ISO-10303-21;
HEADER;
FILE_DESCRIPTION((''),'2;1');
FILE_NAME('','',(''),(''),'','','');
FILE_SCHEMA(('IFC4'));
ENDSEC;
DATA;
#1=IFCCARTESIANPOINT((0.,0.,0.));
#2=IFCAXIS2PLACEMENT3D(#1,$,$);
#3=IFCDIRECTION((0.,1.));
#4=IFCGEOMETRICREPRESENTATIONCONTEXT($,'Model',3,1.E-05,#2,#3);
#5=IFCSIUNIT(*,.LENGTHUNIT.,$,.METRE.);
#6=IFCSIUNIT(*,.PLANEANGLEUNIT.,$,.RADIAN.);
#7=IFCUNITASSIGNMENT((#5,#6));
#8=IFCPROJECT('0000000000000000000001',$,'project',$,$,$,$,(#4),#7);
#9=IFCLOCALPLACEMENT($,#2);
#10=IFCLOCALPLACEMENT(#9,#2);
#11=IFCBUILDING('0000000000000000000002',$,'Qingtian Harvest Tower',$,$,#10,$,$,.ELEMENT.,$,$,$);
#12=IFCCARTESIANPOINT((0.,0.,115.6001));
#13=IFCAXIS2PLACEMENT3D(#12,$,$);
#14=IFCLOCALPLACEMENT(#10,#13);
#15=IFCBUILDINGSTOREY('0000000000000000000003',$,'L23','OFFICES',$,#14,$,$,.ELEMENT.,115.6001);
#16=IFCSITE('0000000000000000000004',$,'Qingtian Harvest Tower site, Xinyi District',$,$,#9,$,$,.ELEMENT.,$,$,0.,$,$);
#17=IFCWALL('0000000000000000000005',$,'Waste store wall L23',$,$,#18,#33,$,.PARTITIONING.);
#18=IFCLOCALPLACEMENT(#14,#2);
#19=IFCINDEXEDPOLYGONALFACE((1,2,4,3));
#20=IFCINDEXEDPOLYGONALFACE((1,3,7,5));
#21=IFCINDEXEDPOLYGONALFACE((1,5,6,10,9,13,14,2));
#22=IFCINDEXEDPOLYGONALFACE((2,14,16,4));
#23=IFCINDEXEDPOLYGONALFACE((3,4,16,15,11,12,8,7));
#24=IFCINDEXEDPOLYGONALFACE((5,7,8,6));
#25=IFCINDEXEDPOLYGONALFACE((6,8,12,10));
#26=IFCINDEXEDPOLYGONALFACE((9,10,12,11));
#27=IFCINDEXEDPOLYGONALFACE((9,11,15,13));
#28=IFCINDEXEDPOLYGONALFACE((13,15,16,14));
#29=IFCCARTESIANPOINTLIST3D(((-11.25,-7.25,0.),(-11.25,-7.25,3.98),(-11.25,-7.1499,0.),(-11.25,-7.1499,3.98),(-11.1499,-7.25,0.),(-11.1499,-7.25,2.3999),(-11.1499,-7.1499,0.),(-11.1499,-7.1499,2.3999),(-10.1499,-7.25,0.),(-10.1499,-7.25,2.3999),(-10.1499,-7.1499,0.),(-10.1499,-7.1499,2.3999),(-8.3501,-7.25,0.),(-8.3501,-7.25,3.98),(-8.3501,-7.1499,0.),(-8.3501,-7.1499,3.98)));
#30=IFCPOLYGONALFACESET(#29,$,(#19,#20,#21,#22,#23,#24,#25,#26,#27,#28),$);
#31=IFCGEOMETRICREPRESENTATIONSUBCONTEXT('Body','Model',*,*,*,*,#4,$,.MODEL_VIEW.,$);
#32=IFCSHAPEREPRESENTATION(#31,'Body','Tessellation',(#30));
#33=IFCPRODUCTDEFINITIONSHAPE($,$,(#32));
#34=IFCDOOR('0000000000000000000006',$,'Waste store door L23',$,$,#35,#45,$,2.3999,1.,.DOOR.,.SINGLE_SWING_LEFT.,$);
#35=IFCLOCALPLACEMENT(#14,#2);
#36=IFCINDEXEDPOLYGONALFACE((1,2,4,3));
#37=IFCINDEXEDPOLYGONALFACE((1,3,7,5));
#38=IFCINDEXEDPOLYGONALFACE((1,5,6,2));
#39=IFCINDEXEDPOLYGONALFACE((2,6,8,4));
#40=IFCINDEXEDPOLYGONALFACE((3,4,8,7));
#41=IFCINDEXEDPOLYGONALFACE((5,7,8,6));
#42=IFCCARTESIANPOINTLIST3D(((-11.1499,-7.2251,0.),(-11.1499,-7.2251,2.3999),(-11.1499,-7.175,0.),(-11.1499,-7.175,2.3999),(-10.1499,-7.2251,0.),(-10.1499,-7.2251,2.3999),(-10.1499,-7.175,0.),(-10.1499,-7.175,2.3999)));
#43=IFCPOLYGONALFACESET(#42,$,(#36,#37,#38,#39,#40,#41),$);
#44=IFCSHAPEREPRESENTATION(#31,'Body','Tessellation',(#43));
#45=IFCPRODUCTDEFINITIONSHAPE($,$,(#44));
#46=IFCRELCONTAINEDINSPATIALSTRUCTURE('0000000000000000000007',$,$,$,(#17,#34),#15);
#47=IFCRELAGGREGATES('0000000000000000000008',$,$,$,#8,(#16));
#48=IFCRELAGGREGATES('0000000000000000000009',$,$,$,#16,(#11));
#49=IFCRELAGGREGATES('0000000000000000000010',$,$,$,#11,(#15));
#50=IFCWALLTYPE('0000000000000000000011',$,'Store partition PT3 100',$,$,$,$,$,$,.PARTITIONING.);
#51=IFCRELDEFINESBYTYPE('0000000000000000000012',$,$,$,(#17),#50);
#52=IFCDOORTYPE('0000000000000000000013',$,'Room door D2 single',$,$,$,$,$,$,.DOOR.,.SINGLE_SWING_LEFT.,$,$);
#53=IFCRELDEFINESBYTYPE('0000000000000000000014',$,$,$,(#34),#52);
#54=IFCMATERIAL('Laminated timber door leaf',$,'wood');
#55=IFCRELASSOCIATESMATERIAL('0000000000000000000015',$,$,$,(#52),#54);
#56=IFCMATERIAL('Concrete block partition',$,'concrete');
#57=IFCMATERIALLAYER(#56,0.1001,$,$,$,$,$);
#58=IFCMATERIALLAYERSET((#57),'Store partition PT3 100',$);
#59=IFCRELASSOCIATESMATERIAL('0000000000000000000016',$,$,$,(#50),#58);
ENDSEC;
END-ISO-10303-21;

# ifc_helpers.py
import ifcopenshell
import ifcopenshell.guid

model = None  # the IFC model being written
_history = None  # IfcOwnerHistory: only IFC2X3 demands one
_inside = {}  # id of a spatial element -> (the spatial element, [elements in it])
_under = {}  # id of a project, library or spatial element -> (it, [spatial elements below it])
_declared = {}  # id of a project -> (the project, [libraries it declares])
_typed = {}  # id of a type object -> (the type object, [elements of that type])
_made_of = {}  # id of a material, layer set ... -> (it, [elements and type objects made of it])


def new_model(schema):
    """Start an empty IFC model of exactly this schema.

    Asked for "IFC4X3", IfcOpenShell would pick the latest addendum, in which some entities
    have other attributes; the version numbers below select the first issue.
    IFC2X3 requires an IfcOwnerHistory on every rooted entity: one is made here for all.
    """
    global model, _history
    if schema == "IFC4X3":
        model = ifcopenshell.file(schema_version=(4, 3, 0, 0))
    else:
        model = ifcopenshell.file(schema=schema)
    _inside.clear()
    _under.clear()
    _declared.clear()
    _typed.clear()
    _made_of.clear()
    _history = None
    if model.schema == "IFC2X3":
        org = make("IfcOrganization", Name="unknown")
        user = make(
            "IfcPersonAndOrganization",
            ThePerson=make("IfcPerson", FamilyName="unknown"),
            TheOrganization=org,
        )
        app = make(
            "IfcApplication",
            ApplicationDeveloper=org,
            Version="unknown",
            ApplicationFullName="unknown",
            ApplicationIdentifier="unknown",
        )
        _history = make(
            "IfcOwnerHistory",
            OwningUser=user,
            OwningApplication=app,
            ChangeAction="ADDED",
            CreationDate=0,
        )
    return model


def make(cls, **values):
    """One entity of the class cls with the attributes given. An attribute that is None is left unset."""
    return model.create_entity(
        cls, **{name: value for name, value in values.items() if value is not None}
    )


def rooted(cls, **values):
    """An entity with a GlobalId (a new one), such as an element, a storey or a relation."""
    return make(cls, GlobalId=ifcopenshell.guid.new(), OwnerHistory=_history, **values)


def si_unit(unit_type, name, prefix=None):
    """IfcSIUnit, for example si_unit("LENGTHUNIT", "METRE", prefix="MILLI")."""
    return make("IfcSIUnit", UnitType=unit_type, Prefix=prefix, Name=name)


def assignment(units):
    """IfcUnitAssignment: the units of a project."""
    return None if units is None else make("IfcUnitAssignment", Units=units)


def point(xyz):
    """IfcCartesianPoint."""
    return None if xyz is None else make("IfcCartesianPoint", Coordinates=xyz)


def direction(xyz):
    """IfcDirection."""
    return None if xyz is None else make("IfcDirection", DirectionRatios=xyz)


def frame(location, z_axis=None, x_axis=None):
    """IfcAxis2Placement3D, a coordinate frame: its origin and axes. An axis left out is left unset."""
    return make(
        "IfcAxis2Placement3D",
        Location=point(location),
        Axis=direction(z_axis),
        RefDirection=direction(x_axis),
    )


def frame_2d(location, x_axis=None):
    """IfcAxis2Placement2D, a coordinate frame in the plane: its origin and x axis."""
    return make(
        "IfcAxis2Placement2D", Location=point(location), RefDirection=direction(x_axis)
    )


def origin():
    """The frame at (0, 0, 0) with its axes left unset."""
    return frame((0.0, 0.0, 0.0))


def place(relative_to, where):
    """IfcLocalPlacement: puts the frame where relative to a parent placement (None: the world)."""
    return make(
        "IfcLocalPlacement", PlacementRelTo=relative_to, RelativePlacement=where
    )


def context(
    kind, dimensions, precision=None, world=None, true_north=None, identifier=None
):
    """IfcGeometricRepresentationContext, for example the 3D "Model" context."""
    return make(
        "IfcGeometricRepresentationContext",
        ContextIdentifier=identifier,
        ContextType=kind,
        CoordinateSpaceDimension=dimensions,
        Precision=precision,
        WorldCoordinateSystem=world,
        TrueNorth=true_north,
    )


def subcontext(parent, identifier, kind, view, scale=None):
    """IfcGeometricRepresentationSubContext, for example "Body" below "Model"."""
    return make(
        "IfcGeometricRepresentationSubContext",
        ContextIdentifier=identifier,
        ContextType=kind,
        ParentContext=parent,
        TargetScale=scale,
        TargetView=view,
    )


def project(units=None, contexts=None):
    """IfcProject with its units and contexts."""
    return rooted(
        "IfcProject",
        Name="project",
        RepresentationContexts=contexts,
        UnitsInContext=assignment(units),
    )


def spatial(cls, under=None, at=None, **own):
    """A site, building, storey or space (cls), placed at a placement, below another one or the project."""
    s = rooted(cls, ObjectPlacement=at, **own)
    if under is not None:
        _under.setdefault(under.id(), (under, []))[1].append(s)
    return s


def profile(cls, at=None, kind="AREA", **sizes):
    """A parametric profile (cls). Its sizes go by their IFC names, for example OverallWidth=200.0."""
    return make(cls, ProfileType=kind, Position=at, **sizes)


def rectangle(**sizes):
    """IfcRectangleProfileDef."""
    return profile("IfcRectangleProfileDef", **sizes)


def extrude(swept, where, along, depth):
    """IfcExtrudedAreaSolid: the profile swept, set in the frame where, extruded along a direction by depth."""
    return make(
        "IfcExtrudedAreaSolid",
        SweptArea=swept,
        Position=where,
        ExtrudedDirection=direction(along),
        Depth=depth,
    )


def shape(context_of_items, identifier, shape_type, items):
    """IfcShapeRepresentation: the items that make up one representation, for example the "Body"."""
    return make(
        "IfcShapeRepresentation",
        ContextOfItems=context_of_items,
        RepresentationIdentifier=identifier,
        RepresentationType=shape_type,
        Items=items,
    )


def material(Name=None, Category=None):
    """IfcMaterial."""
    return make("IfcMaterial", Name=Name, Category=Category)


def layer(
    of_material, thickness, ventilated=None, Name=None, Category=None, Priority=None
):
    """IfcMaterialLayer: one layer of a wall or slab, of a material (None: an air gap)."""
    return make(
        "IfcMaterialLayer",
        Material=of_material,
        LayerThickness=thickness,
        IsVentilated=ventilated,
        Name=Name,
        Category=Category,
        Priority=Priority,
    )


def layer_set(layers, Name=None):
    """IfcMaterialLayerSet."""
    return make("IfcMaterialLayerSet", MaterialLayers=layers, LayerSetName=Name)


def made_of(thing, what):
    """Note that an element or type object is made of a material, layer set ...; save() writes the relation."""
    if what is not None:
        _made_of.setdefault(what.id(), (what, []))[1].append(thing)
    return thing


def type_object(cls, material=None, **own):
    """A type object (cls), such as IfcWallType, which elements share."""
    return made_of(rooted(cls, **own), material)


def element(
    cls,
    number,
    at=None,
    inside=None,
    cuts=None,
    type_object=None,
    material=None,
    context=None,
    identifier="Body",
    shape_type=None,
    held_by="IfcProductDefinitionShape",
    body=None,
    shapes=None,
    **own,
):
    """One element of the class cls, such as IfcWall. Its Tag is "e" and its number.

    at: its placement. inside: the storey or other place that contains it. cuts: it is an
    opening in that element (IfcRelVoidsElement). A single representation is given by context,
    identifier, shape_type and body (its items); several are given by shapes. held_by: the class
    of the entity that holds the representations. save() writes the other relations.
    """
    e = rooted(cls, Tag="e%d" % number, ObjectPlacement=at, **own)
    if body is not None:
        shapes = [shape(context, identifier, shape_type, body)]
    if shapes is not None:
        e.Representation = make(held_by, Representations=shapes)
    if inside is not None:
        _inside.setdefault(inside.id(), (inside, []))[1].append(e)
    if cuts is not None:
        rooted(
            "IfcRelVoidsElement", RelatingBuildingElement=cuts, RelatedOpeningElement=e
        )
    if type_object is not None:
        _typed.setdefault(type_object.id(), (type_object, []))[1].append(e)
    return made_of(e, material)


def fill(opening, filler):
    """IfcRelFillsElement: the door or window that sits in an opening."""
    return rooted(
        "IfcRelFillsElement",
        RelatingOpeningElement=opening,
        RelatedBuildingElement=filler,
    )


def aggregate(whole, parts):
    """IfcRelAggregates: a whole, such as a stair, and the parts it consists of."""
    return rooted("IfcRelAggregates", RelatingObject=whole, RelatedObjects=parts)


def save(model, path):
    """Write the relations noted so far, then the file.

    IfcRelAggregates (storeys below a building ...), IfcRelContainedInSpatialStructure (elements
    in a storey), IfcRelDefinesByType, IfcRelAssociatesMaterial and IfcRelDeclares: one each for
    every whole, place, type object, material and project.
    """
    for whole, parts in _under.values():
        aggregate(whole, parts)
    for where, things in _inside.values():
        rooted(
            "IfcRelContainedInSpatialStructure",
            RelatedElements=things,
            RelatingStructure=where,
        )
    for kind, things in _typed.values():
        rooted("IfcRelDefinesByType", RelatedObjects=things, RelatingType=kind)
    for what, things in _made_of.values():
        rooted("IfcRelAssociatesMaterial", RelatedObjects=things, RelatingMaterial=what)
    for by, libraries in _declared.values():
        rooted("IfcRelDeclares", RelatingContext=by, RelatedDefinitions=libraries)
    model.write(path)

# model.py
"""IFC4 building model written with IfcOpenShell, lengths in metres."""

from ifc_helpers import new_model, si_unit, direction, frame, frame_2d, origin, place, context, subcontext, project, spatial, rectangle, extrude, material, layer, layer_set, type_object, element, fill, save


model = new_model("IFC4")

# Units and contexts
model_context = context("Model", 3, precision=1e-05, world=origin(), true_north=direction((0.0, 1.0)))
body_context = subcontext(model_context, "Body", "Model", "MODEL_VIEW")
ifc_project = project(units=[si_unit("LENGTHUNIT", "METRE"), si_unit("PLANEANGLEUNIT", "RADIAN")], contexts=[model_context])

# Site, building, storey
site_placement = place(None, origin())
site = spatial("IfcSite", under=ifc_project, at=site_placement, Name="Qingtian Harvest Tower site, Xinyi District", CompositionType="ELEMENT", RefElevation=0.0)
building_placement = place(site_placement, origin())
building = spatial("IfcBuilding", under=site, at=building_placement, Name="Qingtian Harvest Tower", CompositionType="ELEMENT")
storey_placement = place(building_placement, frame((0.0, 0.0, 115.6001)))
storey = spatial("IfcBuildingStorey", under=building, at=storey_placement, Name="L23", Description="OFFICES", CompositionType="ELEMENT", Elevation=115.6001)

# Shared definitions
ifc_material_1 = material(Name="Laminated timber door leaf", Category="wood")
door_type_1 = type_object("IfcDoorType", Name="Room door D2 single", OperationType="SINGLE_SWING_LEFT", PredefinedType="DOOR", material=ifc_material_1)

# Wall, opening, door
ifc_material_2 = material(Name="Concrete block partition", Category="concrete")
ifc_layer_1 = layer(ifc_material_2, 0.1001)
ifc_layer_set_1 = layer_set([ifc_layer_1], Name="Store partition PT3 100")
wall_type_1 = type_object("IfcWallType", Name="Store partition PT3 100", PredefinedType="PARTITIONING", material=ifc_layer_set_1)
wall_1_placement = place(storey_placement, frame((-11.25, -7.2, 0.0), z_axis=(0.0, 0.0, 1.0), x_axis=(1.0, 0.0, 0.0)))
wall_1 = element("IfcWall", 1, at=wall_1_placement, inside=storey, type_object=wall_type_1, Name="Waste store wall L23", PredefinedType="PARTITIONING", context=body_context, shape_type="SweptSolid", body=[
    extrude(rectangle(XDim=2.8999, YDim=0.1001, at=frame_2d((1.45, 0.0))), origin(), (0.0, 0.0, 1.0), 3.98),
])
opening_1_placement = place(wall_1_placement, frame((0.1001, 0.0, 0.0)))
opening_1 = element("IfcOpeningElement", 2, at=opening_1_placement, cuts=wall_1, PredefinedType="OPENING", context=body_context, shape_type="SweptSolid", body=[
    extrude(rectangle(XDim=1.0, YDim=2.3999, at=frame_2d((0.5, 1.2))), frame((0.0, 0.0601, 0.0), z_axis=(0.0, -1.0, 0.0), x_axis=(1.0, 0.0, 0.0)), (0.0, 0.0, 1.0), 0.1201),
])
door_1_placement = place(opening_1_placement, origin())
door_1 = element("IfcDoor", 3, at=door_1_placement, inside=storey, type_object=door_type_1, Name="Waste store door L23", OperationType="SINGLE_SWING_LEFT", OverallHeight=2.3999, OverallWidth=1.0, PredefinedType="DOOR", context=body_context, shape_type="SweptSolid", body=[
    extrude(rectangle(XDim=1.0, YDim=2.3999, at=frame_2d((0.5, 1.2))), frame((0.0, 0.0249, 0.0), z_axis=(0.0, -1.0, 0.0), x_axis=(1.0, 0.0, 0.0)), (0.0, 0.0, 1.0), 0.05),
])
fill(opening_1, door_1)

save(model, "model.ifc")
